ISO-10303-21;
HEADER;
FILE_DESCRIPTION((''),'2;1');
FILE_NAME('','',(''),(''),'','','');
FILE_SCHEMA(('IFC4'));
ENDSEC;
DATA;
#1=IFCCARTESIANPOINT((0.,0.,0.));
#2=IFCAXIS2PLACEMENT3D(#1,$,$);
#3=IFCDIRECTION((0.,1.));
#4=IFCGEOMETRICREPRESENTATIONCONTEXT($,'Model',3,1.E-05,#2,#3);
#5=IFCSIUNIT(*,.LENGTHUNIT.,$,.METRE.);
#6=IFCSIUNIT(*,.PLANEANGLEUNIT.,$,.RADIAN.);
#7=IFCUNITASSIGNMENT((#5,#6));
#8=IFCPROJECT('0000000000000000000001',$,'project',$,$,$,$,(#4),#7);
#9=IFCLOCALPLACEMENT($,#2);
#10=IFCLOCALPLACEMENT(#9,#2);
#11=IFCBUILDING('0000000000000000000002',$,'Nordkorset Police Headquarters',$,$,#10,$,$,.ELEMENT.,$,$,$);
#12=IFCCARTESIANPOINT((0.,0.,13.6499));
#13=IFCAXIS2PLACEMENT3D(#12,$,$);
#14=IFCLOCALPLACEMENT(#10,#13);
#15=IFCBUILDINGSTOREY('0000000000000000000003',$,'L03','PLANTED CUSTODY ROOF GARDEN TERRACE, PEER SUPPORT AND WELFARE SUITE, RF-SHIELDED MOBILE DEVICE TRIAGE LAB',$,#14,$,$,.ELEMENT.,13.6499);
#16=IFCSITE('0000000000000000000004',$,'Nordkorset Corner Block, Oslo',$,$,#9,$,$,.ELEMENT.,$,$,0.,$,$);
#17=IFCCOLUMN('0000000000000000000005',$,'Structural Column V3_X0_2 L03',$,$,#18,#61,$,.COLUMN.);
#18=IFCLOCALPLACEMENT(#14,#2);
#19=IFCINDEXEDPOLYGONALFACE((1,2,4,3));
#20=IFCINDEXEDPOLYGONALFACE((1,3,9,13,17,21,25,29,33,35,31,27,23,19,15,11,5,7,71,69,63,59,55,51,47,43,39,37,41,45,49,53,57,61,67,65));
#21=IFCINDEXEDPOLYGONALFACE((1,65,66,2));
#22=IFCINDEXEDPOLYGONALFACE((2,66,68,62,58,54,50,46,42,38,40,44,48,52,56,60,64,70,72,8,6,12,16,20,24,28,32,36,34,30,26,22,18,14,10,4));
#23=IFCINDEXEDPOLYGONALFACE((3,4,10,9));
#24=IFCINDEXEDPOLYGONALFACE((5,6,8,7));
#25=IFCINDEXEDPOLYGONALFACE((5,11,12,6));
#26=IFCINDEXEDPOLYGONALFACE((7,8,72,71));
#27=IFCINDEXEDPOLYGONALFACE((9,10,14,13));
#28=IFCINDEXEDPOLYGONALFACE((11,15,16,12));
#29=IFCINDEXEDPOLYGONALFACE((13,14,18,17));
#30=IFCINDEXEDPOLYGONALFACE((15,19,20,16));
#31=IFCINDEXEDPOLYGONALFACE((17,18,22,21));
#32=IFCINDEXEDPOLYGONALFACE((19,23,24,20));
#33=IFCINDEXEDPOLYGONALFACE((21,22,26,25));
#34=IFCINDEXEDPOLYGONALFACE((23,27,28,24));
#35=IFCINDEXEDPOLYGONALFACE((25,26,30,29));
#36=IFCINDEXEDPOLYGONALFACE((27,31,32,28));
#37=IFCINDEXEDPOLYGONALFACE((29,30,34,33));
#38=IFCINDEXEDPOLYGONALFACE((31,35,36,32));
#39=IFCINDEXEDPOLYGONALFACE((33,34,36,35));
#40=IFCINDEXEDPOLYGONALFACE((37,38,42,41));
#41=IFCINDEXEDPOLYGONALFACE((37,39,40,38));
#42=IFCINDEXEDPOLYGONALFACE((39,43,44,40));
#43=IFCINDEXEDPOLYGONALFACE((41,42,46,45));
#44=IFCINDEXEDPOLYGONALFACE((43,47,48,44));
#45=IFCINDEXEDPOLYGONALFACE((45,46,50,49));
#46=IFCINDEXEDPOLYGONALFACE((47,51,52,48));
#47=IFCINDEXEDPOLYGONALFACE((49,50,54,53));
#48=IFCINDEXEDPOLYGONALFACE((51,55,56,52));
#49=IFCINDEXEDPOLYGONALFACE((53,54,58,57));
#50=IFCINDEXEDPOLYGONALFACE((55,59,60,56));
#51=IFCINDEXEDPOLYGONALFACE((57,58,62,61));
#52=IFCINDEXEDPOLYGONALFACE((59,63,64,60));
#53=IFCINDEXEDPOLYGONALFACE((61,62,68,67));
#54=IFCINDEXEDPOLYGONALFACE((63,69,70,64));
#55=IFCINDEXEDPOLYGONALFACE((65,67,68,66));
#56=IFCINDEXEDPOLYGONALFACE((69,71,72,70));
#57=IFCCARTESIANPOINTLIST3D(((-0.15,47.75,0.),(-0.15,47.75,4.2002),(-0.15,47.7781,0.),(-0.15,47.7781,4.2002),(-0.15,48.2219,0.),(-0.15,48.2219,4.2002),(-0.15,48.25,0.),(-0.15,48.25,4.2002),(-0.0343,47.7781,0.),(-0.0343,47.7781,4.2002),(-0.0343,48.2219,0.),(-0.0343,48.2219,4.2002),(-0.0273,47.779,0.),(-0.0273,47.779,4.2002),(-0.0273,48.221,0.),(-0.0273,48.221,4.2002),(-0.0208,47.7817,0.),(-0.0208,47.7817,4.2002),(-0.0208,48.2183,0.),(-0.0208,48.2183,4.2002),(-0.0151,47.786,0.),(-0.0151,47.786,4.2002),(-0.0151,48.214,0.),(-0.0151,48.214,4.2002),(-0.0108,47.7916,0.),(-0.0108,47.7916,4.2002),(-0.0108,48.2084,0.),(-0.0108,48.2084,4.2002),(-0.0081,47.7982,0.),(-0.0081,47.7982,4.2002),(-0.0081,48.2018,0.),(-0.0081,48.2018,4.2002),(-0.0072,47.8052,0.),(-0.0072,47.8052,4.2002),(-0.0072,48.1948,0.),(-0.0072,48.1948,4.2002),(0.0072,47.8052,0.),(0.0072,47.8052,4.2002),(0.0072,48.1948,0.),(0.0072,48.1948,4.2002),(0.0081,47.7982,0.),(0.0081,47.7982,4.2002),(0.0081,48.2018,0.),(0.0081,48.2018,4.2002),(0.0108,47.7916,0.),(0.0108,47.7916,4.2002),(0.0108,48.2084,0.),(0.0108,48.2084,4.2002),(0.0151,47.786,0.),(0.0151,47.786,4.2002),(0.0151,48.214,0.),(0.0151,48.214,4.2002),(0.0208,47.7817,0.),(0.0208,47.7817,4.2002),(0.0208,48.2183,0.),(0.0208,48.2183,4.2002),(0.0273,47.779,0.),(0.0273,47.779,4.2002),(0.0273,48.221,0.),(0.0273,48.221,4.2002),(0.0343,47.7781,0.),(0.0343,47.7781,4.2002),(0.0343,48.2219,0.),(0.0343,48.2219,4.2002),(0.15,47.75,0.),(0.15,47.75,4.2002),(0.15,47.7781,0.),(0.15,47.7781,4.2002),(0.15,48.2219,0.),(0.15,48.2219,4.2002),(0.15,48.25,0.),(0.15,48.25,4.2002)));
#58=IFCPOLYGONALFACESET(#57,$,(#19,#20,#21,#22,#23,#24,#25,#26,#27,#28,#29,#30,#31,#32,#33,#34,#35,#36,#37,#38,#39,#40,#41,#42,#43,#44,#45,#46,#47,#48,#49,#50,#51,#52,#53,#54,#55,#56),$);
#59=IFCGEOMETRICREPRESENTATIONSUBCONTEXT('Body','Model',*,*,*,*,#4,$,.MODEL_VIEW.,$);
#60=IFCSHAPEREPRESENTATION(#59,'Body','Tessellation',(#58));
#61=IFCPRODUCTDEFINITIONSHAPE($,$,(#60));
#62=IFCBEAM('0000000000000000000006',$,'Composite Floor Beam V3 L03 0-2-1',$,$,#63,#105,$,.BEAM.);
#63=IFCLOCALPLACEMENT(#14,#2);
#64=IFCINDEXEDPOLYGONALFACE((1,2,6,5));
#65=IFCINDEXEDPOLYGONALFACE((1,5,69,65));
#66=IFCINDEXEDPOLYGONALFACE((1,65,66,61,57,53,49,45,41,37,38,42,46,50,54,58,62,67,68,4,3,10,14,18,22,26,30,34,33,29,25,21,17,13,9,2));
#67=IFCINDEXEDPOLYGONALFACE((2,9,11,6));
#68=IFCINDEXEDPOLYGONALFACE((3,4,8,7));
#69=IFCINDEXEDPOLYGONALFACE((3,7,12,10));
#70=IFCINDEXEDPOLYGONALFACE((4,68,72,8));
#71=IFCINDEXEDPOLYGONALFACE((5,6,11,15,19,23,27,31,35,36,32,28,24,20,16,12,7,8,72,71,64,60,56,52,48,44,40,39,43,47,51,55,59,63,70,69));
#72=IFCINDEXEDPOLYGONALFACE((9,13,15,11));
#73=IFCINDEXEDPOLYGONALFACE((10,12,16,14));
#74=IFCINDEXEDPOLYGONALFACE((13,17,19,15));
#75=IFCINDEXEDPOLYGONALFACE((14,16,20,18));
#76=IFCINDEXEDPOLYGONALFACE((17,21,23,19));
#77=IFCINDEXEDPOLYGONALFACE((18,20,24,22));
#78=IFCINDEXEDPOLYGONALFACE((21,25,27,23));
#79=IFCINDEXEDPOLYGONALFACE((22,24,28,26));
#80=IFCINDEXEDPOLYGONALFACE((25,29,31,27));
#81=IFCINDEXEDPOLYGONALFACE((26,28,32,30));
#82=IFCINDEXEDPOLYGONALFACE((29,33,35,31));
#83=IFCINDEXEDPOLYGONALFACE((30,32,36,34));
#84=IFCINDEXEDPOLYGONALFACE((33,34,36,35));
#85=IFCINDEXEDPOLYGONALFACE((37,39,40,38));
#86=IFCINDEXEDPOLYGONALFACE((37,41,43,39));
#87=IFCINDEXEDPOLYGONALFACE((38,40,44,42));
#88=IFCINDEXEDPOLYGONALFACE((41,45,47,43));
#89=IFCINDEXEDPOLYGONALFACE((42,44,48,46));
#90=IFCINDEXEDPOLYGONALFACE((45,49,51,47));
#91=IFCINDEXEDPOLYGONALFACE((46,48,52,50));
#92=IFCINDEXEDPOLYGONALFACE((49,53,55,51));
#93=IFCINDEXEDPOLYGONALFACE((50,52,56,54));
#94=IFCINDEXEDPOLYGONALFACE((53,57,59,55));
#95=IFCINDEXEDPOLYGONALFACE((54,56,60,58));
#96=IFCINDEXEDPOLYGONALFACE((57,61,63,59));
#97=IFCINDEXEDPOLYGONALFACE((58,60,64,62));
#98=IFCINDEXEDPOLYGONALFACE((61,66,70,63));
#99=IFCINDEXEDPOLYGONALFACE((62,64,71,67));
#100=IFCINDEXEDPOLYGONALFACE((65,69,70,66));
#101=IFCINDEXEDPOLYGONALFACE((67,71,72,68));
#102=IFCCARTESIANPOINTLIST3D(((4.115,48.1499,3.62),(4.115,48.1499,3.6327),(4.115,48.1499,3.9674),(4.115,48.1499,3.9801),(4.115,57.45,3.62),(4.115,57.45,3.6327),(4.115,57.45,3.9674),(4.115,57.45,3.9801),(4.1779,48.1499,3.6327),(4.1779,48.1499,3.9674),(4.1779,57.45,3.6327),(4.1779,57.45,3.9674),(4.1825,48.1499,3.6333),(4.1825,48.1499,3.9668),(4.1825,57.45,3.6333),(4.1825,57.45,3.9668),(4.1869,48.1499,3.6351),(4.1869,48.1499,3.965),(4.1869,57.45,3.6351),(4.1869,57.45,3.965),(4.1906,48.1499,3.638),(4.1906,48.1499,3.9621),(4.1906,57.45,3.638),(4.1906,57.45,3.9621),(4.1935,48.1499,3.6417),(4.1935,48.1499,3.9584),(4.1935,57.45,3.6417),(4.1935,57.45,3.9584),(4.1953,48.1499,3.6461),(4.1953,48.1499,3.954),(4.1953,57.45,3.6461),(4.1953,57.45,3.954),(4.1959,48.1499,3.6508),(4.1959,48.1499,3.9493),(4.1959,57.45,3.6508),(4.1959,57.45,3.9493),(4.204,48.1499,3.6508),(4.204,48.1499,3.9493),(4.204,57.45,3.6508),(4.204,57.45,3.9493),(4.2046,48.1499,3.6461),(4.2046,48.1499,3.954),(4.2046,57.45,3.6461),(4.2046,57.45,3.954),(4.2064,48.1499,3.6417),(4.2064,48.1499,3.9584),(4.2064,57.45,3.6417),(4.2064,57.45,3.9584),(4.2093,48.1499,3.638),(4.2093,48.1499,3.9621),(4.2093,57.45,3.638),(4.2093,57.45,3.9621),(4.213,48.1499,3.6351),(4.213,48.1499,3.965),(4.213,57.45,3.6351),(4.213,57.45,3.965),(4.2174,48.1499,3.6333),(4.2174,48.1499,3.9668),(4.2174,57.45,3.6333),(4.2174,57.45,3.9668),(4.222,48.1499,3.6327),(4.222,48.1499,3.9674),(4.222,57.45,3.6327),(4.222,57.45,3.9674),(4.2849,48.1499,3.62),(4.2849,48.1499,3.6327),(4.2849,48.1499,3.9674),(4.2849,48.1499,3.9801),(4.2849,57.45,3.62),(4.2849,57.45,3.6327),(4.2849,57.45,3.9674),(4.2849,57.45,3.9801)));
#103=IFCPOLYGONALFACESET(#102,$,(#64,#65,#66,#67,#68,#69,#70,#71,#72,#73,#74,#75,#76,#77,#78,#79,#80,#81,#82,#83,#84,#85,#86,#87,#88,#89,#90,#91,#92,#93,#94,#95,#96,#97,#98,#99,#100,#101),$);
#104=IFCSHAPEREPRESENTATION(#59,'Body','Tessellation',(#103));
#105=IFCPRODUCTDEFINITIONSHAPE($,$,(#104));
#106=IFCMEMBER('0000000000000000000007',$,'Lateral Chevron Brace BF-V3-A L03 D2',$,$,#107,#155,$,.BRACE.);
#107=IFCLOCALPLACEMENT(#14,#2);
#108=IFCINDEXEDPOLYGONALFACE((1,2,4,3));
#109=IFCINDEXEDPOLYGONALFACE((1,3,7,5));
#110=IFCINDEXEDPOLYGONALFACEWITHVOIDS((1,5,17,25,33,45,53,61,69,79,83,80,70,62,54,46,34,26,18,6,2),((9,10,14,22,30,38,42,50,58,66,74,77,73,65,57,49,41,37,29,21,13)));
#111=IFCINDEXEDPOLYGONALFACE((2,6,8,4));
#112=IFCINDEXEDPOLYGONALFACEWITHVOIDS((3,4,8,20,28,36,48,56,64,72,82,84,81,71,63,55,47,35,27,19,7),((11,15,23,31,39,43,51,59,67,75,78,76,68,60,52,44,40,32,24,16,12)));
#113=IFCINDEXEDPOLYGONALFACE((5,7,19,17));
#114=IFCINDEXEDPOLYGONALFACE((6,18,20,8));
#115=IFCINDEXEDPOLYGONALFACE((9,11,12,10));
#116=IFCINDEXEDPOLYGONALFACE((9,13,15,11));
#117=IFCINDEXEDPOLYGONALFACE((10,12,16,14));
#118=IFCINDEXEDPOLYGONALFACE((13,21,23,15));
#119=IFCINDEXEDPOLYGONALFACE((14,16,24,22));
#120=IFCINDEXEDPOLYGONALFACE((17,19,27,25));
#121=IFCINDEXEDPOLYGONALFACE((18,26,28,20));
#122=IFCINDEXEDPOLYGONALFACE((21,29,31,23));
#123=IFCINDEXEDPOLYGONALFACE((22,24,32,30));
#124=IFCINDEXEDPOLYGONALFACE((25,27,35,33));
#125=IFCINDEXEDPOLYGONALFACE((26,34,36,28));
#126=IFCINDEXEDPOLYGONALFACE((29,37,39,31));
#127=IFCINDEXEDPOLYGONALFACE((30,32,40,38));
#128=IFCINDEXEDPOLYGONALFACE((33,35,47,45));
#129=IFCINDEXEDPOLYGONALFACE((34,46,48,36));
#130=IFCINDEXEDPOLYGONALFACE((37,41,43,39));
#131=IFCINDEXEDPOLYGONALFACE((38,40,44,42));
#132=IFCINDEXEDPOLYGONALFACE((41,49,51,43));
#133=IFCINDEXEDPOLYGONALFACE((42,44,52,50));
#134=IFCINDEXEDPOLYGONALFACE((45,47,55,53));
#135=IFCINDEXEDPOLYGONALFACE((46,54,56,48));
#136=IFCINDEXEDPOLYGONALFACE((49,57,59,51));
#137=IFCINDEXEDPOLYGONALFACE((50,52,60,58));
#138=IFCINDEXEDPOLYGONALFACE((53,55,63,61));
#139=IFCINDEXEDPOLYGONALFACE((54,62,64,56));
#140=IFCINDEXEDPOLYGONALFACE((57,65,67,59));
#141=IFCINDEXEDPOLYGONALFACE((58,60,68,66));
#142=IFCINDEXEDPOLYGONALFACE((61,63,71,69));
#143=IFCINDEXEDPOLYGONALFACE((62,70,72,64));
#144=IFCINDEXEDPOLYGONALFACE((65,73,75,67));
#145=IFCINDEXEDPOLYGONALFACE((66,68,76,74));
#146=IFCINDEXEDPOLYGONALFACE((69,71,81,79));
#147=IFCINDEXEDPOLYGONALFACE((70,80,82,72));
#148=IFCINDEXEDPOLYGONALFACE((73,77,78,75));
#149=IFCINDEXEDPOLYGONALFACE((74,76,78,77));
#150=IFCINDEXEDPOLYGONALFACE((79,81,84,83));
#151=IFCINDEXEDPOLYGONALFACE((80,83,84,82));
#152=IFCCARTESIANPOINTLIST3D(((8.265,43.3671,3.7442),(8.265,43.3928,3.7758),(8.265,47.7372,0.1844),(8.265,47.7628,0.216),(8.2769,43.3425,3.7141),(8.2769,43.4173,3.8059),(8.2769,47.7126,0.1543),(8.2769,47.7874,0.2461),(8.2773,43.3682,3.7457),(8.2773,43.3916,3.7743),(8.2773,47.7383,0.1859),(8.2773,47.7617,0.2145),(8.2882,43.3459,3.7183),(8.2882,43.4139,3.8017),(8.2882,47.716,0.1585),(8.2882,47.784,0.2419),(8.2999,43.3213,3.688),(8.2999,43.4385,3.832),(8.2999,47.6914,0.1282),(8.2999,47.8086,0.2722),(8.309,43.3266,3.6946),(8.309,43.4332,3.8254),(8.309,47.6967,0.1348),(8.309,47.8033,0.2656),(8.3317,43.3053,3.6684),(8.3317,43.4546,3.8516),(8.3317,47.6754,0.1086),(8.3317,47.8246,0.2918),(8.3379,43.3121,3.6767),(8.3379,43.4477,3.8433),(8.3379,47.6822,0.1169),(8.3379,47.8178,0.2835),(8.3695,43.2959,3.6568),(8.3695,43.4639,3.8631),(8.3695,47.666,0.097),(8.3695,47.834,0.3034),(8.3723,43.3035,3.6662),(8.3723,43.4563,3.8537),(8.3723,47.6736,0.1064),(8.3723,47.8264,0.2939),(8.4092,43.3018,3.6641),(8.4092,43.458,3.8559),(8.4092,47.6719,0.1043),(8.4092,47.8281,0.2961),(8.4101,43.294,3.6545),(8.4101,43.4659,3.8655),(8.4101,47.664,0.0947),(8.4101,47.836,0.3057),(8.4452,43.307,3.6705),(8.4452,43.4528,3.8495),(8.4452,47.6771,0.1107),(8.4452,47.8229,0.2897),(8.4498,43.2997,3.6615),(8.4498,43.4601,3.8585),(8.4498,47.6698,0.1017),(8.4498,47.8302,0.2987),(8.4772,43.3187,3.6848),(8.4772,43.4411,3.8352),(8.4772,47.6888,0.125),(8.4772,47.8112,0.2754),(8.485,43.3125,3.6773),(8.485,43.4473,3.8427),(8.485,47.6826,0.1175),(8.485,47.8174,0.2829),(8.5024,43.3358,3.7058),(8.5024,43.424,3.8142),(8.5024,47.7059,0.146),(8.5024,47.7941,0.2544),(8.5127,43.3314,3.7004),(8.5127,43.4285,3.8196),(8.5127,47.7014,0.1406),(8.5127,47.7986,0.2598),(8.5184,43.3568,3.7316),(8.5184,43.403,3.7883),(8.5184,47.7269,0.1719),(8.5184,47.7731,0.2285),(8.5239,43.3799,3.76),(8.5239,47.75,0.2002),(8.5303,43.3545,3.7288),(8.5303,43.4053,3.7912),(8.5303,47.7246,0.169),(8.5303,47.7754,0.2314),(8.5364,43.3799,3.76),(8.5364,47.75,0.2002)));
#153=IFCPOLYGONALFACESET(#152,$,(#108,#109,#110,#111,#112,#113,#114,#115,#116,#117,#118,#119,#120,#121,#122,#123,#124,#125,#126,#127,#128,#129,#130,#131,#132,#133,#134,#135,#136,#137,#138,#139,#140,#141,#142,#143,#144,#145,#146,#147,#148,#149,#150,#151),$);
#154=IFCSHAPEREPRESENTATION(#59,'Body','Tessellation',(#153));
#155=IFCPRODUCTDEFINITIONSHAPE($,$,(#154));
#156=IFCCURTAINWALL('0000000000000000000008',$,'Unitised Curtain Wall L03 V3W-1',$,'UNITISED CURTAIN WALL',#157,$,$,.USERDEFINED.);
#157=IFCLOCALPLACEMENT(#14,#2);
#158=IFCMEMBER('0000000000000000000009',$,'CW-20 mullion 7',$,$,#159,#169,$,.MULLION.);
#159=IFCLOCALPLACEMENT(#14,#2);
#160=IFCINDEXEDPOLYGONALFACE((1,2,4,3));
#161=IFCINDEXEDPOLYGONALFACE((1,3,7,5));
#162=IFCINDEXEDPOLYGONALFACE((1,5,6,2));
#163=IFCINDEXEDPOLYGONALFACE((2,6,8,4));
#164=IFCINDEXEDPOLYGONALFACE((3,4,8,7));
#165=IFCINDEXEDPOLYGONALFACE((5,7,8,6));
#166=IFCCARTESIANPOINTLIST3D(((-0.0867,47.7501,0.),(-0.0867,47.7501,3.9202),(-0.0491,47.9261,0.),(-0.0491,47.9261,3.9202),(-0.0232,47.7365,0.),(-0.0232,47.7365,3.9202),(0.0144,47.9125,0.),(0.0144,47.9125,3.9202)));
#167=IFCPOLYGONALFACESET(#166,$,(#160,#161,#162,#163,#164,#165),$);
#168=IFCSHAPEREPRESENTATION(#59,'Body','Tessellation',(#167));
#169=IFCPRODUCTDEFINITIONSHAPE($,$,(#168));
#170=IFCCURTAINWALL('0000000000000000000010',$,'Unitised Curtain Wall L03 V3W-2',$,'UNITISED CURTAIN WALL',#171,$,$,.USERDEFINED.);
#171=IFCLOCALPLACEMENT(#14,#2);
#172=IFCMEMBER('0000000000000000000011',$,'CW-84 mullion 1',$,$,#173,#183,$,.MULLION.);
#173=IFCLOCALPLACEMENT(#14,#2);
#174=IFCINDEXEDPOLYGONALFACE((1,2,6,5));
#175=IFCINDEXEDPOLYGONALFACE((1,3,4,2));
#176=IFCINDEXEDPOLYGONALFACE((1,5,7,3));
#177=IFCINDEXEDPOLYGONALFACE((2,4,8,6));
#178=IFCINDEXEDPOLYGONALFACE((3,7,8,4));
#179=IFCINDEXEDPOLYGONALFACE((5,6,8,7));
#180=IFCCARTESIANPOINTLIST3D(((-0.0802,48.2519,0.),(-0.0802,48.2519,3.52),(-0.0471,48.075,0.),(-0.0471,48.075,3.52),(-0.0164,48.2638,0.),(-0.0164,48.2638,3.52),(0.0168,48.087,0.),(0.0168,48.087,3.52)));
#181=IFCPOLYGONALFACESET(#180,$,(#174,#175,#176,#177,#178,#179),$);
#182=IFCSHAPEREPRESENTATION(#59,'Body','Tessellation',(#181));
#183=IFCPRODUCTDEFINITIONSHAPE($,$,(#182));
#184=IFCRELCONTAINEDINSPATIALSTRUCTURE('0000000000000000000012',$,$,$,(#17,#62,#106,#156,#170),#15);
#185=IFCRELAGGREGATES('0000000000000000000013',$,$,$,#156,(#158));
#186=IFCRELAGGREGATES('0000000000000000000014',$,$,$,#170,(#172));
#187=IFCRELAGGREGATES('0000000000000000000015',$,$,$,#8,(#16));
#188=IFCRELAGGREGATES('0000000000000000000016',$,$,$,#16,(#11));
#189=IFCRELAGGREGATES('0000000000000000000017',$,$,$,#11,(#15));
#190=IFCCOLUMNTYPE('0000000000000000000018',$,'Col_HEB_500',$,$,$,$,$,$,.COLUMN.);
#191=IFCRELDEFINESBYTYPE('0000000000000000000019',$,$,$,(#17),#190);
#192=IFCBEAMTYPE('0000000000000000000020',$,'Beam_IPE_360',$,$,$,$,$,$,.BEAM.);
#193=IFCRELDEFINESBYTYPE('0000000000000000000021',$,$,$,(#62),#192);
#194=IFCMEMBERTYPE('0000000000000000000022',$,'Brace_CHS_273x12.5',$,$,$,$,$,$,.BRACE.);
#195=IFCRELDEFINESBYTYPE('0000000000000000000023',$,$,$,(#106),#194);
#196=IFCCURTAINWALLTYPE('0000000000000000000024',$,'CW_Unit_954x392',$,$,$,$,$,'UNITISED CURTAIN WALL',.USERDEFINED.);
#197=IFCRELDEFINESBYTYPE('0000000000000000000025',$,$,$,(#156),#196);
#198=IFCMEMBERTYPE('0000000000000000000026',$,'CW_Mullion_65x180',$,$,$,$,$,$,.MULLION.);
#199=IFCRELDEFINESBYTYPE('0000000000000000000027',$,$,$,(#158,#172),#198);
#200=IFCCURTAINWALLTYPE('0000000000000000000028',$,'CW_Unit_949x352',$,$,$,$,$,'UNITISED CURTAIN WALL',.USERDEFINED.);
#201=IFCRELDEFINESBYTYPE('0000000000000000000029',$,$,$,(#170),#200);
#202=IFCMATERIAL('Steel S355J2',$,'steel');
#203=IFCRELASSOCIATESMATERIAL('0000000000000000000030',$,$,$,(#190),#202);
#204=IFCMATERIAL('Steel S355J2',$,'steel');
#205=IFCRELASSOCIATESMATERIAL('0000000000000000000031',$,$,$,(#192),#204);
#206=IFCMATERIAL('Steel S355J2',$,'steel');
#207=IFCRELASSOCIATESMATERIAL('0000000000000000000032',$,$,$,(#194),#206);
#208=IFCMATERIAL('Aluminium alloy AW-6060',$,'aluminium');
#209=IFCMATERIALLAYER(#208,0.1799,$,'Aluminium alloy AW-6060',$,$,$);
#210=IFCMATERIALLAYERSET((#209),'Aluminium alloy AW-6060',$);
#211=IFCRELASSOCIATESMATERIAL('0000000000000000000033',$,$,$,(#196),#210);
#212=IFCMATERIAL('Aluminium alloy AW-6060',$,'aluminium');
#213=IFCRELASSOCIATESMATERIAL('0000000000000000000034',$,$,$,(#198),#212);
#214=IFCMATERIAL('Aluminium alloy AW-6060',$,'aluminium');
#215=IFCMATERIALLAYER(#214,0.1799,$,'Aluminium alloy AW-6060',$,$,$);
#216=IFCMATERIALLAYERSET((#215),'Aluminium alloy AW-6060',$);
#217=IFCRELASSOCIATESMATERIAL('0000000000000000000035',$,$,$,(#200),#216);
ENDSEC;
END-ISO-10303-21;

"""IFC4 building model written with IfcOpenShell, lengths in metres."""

from ifc_helpers import new_model, si_unit, direction, frame, origin, origin_2d, place, context, subcontext, project, spatial, rectangle, hollow_circle, i_section, extrude, material, layer, layer_set, material_profile, profile_set, type_object, element, aggregate, save


model = new_model("IFC4")

# Units and contexts
model_context = context("Model", 3, precision=1e-05, world=origin(), true_north=direction((0.0, 1.0)))
body_context = subcontext(model_context, "Body", "Model", "MODEL_VIEW")
ifc_project = project(units=[si_unit("LENGTHUNIT", "METRE"), si_unit("PLANEANGLEUNIT", "RADIAN")], contexts=[model_context])

# Site, building, storey
site_placement = place(None, origin())
site = spatial("IfcSite", under=ifc_project, at=site_placement, Name="Nordkorset Corner Block, Oslo", CompositionType="ELEMENT", RefElevation=0.0)
building_placement = place(site_placement, origin())
building = spatial("IfcBuilding", under=site, at=building_placement, Name="Nordkorset Police Headquarters", CompositionType="ELEMENT")
storey_placement = place(building_placement, frame((0.0, 0.0, 13.6499)))
storey = spatial("IfcBuildingStorey", under=building, at=storey_placement, Name="L03", Description="PLANTED CUSTODY ROOF GARDEN TERRACE, PEER SUPPORT AND WELFARE SUITE, RF-SHIELDED MOBILE DEVICE TRIAGE LAB", CompositionType="ELEMENT", Elevation=13.6499)

# Column
ifc_material_1 = material(Name="Steel S355J2", Category="steel")
ifc_material_profile_1 = material_profile(ifc_material_1, i_section(OverallWidth=0.3, OverallDepth=0.5, WebThickness=0.0144, FlangeThickness=0.0281, FilletRadius=0.0271, at=origin_2d()), Name="HEB 500")
ifc_profile_set_1 = profile_set([ifc_material_profile_1], Name="Steel S355J2")
column_type = type_object("IfcColumnType", Name="Col_HEB_500", PredefinedType="COLUMN", material=ifc_profile_set_1)
column_placement = place(storey_placement, frame((0.0, 48.0, 0.0), z_axis=(0.0, 0.0, 1.0), x_axis=(1.0, 0.0, 0.0)))
element("IfcColumn", 1, at=column_placement, inside=storey, type_object=column_type, Name="Structural Column V3_X0_2 L03", PredefinedType="COLUMN", context=body_context, shape_type="SweptSolid", body=[
    extrude(i_section(OverallWidth=0.3, OverallDepth=0.5, WebThickness=0.0144, FlangeThickness=0.0281, FilletRadius=0.0271, at=origin_2d()), origin(), (0.0, 0.0, 1.0), 4.2002),
])

# Beam
ifc_material_2 = material(Name="Steel S355J2", Category="steel")
ifc_material_profile_2 = material_profile(ifc_material_2, i_section(OverallWidth=0.1699, OverallDepth=0.3601, WebThickness=0.0081, FlangeThickness=0.0127, FilletRadius=0.0181, at=origin_2d()), Name="IPE 360")
ifc_profile_set_2 = profile_set([ifc_material_profile_2], Name="Steel S355J2")
beam_type_1 = type_object("IfcBeamType", Name="Beam_IPE_360", PredefinedType="BEAM", material=ifc_profile_set_2)
beam_1_placement = place(storey_placement, frame((4.2, 48.1499, 3.8), z_axis=(0.0, 1.0, 0.0), x_axis=(-1.0, 0.0, 0.0)))
element("IfcBeam", 2, at=beam_1_placement, inside=storey, type_object=beam_type_1, Name="Composite Floor Beam V3 L03 0-2-1", PredefinedType="BEAM", context=body_context, shape_type="SweptSolid", body=[
    extrude(i_section(OverallWidth=0.1699, OverallDepth=0.3601, WebThickness=0.0081, FlangeThickness=0.0127, FilletRadius=0.0181, at=origin_2d()), origin(), (0.0, 0.0, 1.0), 9.3),
])

# Member
ifc_material_3 = material(Name="Steel S355J2", Category="steel")
ifc_material_profile_3 = material_profile(ifc_material_3, hollow_circle(Radius=0.1365, WallThickness=0.0125, at=origin_2d()), Name="CHS 273x12.5")
ifc_profile_set_3 = profile_set([ifc_material_profile_3], Name="Steel S355J2")
member_type_1 = type_object("IfcMemberType", Name="Brace_CHS_273x12.5", PredefinedType="BRACE", material=ifc_profile_set_3)
member_1_placement = place(storey_placement, frame((8.3999, 47.75, 0.2002), z_axis=(0.0, -0.775324, 0.631564), x_axis=(1.0, 0.0, 0.0)))
element("IfcMember", 3, at=member_1_placement, inside=storey, type_object=member_type_1, Name="Lateral Chevron Brace BF-V3-A L03 D2", PredefinedType="BRACE", context=body_context, shape_type="SweptSolid", body=[
    extrude(hollow_circle(Radius=0.1365, WallThickness=0.0125, at=origin_2d()), origin(), (0.0, 0.0, 1.0), 5.6365),
])

# Curtain wall, member
ifc_material_4 = material(Name="Aluminium alloy AW-6060", Category="aluminium")
ifc_layer_1 = layer(ifc_material_4, 0.1799, Name="Aluminium alloy AW-6060")
ifc_layer_set_1 = layer_set([ifc_layer_1], Name="Aluminium alloy AW-6060")
curtain_wall_type_1 = type_object("IfcCurtainWallType", Name="CW_Unit_954x392", ElementType="UNITISED CURTAIN WALL", PredefinedType="USERDEFINED", material=ifc_layer_set_1)
curtain_wall_1_placement = place(storey_placement, origin())
curtain_wall_1 = element("IfcCurtainWall", 4, at=curtain_wall_1_placement, inside=storey, type_object=curtain_wall_type_1, Name="Unitised Curtain Wall L03 V3W-1", ObjectType="UNITISED CURTAIN WALL", PredefinedType="USERDEFINED")
ifc_material_5 = material(Name="Aluminium alloy AW-6060", Category="aluminium")
ifc_material_profile_4 = material_profile(ifc_material_5, rectangle(XDim=0.0649, YDim=0.1799, at=origin_2d()), Name="ALU MULL 65x180")
ifc_profile_set_4 = profile_set([ifc_material_profile_4], Name="Aluminium alloy AW-6060")
member_type_2 = type_object("IfcMemberType", Name="CW_Mullion_65x180", PredefinedType="MULLION", material=ifc_profile_set_4)
member_2_placement = place(storey_placement, frame((-0.0361, 47.8313, 0.0), z_axis=(0.0, 0.0, 1.0), x_axis=(-0.977951, 0.208833, 0.0)))
member_2 = element("IfcMember", 5, at=member_2_placement, type_object=member_type_2, Name="CW-20 mullion 7", PredefinedType="MULLION", context=body_context, shape_type="SweptSolid", body=[
    extrude(rectangle(XDim=0.0649, YDim=0.1799, at=origin_2d()), origin(), (0.0, 0.0, 1.0), 3.9202),
])
aggregate(curtain_wall_1, [member_2])

# Curtain wall, member
ifc_material_6 = material(Name="Aluminium alloy AW-6060", Category="aluminium")
ifc_layer_2 = layer(ifc_material_6, 0.1799, Name="Aluminium alloy AW-6060")
ifc_layer_set_2 = layer_set([ifc_layer_2], Name="Aluminium alloy AW-6060")
curtain_wall_type_2 = type_object("IfcCurtainWallType", Name="CW_Unit_949x352", ElementType="UNITISED CURTAIN WALL", PredefinedType="USERDEFINED", material=ifc_layer_set_2)
curtain_wall_2_placement = place(storey_placement, origin())
curtain_wall_2 = element("IfcCurtainWall", 6, at=curtain_wall_2_placement, inside=storey, type_object=curtain_wall_type_2, Name="Unitised Curtain Wall L03 V3W-2", ObjectType="UNITISED CURTAIN WALL", PredefinedType="USERDEFINED")
member_3_placement = place(storey_placement, frame((-0.0317, 48.1694, 0.0), z_axis=(0.0, 0.0, 1.0), x_axis=(-0.982872, -0.184289, 0.0)))
member_3 = element("IfcMember", 7, at=member_3_placement, type_object=member_type_2, Name="CW-84 mullion 1", PredefinedType="MULLION", context=body_context, shape_type="SweptSolid", body=[
    extrude(rectangle(XDim=0.0649, YDim=0.1799, at=origin_2d()), origin(), (0.0, 0.0, 1.0), 3.52),
])
aggregate(curtain_wall_2, [member_3])

save(model, "model.ifc")
